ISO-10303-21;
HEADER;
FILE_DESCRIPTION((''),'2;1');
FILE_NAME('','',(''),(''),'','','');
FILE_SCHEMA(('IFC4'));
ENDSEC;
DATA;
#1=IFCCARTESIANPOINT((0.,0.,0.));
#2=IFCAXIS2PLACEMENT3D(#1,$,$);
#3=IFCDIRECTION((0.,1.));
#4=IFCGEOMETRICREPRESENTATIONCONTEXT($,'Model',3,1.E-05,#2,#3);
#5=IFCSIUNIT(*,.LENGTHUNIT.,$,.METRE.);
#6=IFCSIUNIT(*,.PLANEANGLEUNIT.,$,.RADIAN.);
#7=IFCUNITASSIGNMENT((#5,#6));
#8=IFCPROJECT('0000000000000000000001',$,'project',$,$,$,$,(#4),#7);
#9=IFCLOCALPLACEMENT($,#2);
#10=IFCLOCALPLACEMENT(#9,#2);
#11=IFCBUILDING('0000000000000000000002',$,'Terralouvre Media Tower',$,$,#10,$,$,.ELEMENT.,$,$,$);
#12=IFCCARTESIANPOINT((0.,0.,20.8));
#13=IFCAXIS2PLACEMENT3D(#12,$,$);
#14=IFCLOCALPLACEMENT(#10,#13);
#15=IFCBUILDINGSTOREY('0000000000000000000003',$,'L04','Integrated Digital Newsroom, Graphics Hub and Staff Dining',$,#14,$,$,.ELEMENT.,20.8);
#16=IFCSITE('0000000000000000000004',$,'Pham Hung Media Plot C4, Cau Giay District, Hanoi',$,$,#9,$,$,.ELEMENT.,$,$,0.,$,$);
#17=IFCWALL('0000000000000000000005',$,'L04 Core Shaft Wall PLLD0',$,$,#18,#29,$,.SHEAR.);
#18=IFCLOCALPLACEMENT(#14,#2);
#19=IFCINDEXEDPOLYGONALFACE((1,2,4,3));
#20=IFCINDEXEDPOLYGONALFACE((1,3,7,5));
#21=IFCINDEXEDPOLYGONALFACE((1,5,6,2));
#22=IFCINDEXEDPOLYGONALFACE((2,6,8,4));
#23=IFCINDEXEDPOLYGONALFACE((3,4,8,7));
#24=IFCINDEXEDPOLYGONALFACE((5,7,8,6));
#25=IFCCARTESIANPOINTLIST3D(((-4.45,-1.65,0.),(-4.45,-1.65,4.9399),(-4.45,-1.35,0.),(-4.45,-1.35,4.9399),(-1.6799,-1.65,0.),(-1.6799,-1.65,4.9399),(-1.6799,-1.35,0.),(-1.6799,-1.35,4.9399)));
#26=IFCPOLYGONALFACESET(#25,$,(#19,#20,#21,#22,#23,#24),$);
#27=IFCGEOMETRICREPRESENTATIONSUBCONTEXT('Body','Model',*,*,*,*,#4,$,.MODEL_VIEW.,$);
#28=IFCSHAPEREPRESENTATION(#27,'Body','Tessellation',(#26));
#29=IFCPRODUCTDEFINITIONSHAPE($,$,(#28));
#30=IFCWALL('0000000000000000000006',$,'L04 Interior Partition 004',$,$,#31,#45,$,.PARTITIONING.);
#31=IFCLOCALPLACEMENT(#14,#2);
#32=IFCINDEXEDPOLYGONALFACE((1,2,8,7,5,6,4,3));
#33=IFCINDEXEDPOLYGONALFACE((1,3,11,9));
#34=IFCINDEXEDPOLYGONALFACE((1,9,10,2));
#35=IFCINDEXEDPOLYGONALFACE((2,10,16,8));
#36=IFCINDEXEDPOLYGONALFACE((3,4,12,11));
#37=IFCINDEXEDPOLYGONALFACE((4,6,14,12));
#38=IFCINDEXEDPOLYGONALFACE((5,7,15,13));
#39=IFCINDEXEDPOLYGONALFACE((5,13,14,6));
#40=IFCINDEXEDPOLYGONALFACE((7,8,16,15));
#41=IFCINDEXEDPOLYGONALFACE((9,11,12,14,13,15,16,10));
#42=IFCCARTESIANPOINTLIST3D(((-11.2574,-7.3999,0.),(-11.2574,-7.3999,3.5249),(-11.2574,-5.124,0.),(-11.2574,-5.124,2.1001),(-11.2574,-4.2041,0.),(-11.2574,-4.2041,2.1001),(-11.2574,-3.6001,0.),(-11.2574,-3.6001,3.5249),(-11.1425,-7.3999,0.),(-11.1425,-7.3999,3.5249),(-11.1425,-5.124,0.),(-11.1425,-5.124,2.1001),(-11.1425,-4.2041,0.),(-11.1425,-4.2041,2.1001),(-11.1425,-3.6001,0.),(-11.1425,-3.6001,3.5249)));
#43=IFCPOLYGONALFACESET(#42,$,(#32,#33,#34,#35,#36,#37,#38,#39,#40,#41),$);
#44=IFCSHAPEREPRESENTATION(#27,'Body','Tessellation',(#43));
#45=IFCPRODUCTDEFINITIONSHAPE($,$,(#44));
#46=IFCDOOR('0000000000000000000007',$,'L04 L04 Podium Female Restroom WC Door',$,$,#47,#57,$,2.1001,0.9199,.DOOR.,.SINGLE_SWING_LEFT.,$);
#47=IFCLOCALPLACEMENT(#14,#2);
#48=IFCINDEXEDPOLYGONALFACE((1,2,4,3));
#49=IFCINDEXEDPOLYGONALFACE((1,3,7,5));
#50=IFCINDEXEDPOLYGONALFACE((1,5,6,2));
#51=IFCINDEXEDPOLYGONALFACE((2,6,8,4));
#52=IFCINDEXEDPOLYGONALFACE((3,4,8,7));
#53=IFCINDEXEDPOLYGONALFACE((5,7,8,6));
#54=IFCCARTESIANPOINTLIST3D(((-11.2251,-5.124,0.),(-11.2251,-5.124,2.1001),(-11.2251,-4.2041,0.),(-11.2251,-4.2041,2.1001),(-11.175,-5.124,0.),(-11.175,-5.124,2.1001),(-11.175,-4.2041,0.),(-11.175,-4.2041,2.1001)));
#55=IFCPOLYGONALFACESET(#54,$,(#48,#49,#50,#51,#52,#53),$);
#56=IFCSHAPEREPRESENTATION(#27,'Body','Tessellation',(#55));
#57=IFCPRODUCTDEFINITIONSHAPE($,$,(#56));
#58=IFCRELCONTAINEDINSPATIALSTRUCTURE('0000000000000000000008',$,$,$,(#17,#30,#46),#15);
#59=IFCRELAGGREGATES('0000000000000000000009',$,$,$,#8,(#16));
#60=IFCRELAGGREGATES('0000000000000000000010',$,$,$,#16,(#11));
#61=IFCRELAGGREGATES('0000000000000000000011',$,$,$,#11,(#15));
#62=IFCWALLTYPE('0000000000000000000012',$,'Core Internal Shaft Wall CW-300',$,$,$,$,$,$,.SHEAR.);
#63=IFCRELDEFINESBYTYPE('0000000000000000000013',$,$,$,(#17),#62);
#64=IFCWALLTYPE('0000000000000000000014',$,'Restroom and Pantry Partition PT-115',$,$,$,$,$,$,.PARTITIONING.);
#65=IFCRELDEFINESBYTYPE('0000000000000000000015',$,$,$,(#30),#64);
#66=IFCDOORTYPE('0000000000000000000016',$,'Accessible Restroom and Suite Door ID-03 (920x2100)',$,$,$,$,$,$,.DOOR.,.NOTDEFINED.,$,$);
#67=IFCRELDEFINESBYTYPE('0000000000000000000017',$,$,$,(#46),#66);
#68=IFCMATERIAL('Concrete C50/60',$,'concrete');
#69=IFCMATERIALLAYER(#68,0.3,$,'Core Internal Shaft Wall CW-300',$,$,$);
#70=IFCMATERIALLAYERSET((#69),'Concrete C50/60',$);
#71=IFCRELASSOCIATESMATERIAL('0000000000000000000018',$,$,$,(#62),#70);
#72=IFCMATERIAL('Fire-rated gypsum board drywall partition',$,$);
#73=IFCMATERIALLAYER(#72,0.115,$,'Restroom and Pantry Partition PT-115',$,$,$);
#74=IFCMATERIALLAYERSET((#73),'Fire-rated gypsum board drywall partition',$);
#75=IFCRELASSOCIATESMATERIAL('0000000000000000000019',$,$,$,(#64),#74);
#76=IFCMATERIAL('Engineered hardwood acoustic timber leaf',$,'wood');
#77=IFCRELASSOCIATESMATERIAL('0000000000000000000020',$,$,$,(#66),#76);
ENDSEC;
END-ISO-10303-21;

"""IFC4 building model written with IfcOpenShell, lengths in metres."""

from ifc_helpers import new_model, si_unit, direction, frame, frame_2d, origin, place, context, subcontext, project, spatial, rectangle, extrude, material, layer, layer_set, type_object, element, fill, save


model = new_model("IFC4")

# Units and contexts
model_context = context("Model", 3, precision=1e-05, world=origin(), true_north=direction((0.0, 1.0)))
body_context = subcontext(model_context, "Body", "Model", "MODEL_VIEW")
ifc_project = project(units=[si_unit("LENGTHUNIT", "METRE"), si_unit("PLANEANGLEUNIT", "RADIAN")], contexts=[model_context])

# Site, building, storey
site_placement = place(None, origin())
site = spatial("IfcSite", under=ifc_project, at=site_placement, Name="Pham Hung Media Plot C4, Cau Giay District, Hanoi", CompositionType="ELEMENT", RefElevation=0.0)
building_placement = place(site_placement, origin())
building = spatial("IfcBuilding", under=site, at=building_placement, Name="Terralouvre Media Tower", CompositionType="ELEMENT")
storey_placement = place(building_placement, frame((0.0, 0.0, 20.8)))
storey = spatial("IfcBuildingStorey", under=building, at=storey_placement, Name="L04", Description="Integrated Digital Newsroom, Graphics Hub and Staff Dining", CompositionType="ELEMENT", Elevation=20.8)

# Shared definitions
ifc_material_1 = material(Name="Concrete C50/60", Category="concrete")
ifc_layer_1 = layer(ifc_material_1, 0.3, Name="Core Internal Shaft Wall CW-300")
ifc_layer_set_1 = layer_set([ifc_layer_1], Name="Concrete C50/60")
wall_type_1 = type_object("IfcWallType", Name="Core Internal Shaft Wall CW-300", PredefinedType="SHEAR", material=ifc_layer_set_1)

# Wall
wall_1_placement = place(storey_placement, frame((-4.45, -1.5, 0.0), z_axis=(0.0, 0.0, 1.0), x_axis=(1.0, 0.0, 0.0)))
element("IfcWall", 1, at=wall_1_placement, inside=storey, type_object=wall_type_1, Name="L04 Core Shaft Wall PLLD0", PredefinedType="SHEAR", context=body_context, shape_type="SweptSolid", body=[
    extrude(rectangle(XDim=2.77, YDim=0.3, at=frame_2d((1.385, 0.0))), origin(), (0.0, 0.0, 1.0), 4.9399),
])

# Wall, opening, door
ifc_material_2 = material(Name="Fire-rated gypsum board drywall partition")
ifc_layer_2 = layer(ifc_material_2, 0.115, Name="Restroom and Pantry Partition PT-115")
ifc_layer_set_2 = layer_set([ifc_layer_2], Name="Fire-rated gypsum board drywall partition")
wall_type_2 = type_object("IfcWallType", Name="Restroom and Pantry Partition PT-115", PredefinedType="PARTITIONING", material=ifc_layer_set_2)
wall_2_placement = place(storey_placement, frame((-11.2, -3.6001, 0.0), z_axis=(0.0, 0.0, 1.0), x_axis=(0.0, -1.0, 0.0)))
wall_2 = element("IfcWall", 2, at=wall_2_placement, inside=storey, type_object=wall_type_2, Name="L04 Interior Partition 004", PredefinedType="PARTITIONING", context=body_context, shape_type="SweptSolid", body=[
    extrude(rectangle(XDim=3.7998, YDim=0.115, at=frame_2d((1.8999, 0.0))), origin(), (0.0, 0.0, 1.0), 3.5249),
])
opening_1_placement = place(wall_2_placement, frame((0.604, 0.0, 0.0)))
opening_1 = element("IfcOpeningElement", 3, at=opening_1_placement, cuts=wall_2, PredefinedType="OPENING", context=body_context, shape_type="SweptSolid", body=[
    extrude(rectangle(XDim=0.9199, YDim=2.1001, at=frame_2d((0.46, 1.05))), frame((0.0, 0.0674, 0.0), z_axis=(0.0, -1.0, 0.0), x_axis=(1.0, 0.0, 0.0)), (0.0, 0.0, 1.0), 0.135),
])
ifc_material_3 = material(Name="Engineered hardwood acoustic timber leaf", Category="wood")
door_type_1 = type_object("IfcDoorType", Name="Accessible Restroom and Suite Door ID-03 (920x2100)", OperationType="NOTDEFINED", PredefinedType="DOOR", material=ifc_material_3)
door_1_placement = place(opening_1_placement, origin())
door_1 = element("IfcDoor", 4, at=door_1_placement, inside=storey, type_object=door_type_1, Name="L04 L04 Podium Female Restroom WC Door", OperationType="SINGLE_SWING_LEFT", OverallHeight=2.1001, OverallWidth=0.9199, PredefinedType="DOOR", context=body_context, shape_type="SweptSolid", body=[
    extrude(rectangle(XDim=0.9199, YDim=2.1001, at=frame_2d((0.46, 1.05))), frame((0.0, 0.0249, 0.0), z_axis=(0.0, -1.0, 0.0), x_axis=(1.0, 0.0, 0.0)), (0.0, 0.0, 1.0), 0.05),
])
fill(opening_1, door_1)

save(model, "model.ifc")
